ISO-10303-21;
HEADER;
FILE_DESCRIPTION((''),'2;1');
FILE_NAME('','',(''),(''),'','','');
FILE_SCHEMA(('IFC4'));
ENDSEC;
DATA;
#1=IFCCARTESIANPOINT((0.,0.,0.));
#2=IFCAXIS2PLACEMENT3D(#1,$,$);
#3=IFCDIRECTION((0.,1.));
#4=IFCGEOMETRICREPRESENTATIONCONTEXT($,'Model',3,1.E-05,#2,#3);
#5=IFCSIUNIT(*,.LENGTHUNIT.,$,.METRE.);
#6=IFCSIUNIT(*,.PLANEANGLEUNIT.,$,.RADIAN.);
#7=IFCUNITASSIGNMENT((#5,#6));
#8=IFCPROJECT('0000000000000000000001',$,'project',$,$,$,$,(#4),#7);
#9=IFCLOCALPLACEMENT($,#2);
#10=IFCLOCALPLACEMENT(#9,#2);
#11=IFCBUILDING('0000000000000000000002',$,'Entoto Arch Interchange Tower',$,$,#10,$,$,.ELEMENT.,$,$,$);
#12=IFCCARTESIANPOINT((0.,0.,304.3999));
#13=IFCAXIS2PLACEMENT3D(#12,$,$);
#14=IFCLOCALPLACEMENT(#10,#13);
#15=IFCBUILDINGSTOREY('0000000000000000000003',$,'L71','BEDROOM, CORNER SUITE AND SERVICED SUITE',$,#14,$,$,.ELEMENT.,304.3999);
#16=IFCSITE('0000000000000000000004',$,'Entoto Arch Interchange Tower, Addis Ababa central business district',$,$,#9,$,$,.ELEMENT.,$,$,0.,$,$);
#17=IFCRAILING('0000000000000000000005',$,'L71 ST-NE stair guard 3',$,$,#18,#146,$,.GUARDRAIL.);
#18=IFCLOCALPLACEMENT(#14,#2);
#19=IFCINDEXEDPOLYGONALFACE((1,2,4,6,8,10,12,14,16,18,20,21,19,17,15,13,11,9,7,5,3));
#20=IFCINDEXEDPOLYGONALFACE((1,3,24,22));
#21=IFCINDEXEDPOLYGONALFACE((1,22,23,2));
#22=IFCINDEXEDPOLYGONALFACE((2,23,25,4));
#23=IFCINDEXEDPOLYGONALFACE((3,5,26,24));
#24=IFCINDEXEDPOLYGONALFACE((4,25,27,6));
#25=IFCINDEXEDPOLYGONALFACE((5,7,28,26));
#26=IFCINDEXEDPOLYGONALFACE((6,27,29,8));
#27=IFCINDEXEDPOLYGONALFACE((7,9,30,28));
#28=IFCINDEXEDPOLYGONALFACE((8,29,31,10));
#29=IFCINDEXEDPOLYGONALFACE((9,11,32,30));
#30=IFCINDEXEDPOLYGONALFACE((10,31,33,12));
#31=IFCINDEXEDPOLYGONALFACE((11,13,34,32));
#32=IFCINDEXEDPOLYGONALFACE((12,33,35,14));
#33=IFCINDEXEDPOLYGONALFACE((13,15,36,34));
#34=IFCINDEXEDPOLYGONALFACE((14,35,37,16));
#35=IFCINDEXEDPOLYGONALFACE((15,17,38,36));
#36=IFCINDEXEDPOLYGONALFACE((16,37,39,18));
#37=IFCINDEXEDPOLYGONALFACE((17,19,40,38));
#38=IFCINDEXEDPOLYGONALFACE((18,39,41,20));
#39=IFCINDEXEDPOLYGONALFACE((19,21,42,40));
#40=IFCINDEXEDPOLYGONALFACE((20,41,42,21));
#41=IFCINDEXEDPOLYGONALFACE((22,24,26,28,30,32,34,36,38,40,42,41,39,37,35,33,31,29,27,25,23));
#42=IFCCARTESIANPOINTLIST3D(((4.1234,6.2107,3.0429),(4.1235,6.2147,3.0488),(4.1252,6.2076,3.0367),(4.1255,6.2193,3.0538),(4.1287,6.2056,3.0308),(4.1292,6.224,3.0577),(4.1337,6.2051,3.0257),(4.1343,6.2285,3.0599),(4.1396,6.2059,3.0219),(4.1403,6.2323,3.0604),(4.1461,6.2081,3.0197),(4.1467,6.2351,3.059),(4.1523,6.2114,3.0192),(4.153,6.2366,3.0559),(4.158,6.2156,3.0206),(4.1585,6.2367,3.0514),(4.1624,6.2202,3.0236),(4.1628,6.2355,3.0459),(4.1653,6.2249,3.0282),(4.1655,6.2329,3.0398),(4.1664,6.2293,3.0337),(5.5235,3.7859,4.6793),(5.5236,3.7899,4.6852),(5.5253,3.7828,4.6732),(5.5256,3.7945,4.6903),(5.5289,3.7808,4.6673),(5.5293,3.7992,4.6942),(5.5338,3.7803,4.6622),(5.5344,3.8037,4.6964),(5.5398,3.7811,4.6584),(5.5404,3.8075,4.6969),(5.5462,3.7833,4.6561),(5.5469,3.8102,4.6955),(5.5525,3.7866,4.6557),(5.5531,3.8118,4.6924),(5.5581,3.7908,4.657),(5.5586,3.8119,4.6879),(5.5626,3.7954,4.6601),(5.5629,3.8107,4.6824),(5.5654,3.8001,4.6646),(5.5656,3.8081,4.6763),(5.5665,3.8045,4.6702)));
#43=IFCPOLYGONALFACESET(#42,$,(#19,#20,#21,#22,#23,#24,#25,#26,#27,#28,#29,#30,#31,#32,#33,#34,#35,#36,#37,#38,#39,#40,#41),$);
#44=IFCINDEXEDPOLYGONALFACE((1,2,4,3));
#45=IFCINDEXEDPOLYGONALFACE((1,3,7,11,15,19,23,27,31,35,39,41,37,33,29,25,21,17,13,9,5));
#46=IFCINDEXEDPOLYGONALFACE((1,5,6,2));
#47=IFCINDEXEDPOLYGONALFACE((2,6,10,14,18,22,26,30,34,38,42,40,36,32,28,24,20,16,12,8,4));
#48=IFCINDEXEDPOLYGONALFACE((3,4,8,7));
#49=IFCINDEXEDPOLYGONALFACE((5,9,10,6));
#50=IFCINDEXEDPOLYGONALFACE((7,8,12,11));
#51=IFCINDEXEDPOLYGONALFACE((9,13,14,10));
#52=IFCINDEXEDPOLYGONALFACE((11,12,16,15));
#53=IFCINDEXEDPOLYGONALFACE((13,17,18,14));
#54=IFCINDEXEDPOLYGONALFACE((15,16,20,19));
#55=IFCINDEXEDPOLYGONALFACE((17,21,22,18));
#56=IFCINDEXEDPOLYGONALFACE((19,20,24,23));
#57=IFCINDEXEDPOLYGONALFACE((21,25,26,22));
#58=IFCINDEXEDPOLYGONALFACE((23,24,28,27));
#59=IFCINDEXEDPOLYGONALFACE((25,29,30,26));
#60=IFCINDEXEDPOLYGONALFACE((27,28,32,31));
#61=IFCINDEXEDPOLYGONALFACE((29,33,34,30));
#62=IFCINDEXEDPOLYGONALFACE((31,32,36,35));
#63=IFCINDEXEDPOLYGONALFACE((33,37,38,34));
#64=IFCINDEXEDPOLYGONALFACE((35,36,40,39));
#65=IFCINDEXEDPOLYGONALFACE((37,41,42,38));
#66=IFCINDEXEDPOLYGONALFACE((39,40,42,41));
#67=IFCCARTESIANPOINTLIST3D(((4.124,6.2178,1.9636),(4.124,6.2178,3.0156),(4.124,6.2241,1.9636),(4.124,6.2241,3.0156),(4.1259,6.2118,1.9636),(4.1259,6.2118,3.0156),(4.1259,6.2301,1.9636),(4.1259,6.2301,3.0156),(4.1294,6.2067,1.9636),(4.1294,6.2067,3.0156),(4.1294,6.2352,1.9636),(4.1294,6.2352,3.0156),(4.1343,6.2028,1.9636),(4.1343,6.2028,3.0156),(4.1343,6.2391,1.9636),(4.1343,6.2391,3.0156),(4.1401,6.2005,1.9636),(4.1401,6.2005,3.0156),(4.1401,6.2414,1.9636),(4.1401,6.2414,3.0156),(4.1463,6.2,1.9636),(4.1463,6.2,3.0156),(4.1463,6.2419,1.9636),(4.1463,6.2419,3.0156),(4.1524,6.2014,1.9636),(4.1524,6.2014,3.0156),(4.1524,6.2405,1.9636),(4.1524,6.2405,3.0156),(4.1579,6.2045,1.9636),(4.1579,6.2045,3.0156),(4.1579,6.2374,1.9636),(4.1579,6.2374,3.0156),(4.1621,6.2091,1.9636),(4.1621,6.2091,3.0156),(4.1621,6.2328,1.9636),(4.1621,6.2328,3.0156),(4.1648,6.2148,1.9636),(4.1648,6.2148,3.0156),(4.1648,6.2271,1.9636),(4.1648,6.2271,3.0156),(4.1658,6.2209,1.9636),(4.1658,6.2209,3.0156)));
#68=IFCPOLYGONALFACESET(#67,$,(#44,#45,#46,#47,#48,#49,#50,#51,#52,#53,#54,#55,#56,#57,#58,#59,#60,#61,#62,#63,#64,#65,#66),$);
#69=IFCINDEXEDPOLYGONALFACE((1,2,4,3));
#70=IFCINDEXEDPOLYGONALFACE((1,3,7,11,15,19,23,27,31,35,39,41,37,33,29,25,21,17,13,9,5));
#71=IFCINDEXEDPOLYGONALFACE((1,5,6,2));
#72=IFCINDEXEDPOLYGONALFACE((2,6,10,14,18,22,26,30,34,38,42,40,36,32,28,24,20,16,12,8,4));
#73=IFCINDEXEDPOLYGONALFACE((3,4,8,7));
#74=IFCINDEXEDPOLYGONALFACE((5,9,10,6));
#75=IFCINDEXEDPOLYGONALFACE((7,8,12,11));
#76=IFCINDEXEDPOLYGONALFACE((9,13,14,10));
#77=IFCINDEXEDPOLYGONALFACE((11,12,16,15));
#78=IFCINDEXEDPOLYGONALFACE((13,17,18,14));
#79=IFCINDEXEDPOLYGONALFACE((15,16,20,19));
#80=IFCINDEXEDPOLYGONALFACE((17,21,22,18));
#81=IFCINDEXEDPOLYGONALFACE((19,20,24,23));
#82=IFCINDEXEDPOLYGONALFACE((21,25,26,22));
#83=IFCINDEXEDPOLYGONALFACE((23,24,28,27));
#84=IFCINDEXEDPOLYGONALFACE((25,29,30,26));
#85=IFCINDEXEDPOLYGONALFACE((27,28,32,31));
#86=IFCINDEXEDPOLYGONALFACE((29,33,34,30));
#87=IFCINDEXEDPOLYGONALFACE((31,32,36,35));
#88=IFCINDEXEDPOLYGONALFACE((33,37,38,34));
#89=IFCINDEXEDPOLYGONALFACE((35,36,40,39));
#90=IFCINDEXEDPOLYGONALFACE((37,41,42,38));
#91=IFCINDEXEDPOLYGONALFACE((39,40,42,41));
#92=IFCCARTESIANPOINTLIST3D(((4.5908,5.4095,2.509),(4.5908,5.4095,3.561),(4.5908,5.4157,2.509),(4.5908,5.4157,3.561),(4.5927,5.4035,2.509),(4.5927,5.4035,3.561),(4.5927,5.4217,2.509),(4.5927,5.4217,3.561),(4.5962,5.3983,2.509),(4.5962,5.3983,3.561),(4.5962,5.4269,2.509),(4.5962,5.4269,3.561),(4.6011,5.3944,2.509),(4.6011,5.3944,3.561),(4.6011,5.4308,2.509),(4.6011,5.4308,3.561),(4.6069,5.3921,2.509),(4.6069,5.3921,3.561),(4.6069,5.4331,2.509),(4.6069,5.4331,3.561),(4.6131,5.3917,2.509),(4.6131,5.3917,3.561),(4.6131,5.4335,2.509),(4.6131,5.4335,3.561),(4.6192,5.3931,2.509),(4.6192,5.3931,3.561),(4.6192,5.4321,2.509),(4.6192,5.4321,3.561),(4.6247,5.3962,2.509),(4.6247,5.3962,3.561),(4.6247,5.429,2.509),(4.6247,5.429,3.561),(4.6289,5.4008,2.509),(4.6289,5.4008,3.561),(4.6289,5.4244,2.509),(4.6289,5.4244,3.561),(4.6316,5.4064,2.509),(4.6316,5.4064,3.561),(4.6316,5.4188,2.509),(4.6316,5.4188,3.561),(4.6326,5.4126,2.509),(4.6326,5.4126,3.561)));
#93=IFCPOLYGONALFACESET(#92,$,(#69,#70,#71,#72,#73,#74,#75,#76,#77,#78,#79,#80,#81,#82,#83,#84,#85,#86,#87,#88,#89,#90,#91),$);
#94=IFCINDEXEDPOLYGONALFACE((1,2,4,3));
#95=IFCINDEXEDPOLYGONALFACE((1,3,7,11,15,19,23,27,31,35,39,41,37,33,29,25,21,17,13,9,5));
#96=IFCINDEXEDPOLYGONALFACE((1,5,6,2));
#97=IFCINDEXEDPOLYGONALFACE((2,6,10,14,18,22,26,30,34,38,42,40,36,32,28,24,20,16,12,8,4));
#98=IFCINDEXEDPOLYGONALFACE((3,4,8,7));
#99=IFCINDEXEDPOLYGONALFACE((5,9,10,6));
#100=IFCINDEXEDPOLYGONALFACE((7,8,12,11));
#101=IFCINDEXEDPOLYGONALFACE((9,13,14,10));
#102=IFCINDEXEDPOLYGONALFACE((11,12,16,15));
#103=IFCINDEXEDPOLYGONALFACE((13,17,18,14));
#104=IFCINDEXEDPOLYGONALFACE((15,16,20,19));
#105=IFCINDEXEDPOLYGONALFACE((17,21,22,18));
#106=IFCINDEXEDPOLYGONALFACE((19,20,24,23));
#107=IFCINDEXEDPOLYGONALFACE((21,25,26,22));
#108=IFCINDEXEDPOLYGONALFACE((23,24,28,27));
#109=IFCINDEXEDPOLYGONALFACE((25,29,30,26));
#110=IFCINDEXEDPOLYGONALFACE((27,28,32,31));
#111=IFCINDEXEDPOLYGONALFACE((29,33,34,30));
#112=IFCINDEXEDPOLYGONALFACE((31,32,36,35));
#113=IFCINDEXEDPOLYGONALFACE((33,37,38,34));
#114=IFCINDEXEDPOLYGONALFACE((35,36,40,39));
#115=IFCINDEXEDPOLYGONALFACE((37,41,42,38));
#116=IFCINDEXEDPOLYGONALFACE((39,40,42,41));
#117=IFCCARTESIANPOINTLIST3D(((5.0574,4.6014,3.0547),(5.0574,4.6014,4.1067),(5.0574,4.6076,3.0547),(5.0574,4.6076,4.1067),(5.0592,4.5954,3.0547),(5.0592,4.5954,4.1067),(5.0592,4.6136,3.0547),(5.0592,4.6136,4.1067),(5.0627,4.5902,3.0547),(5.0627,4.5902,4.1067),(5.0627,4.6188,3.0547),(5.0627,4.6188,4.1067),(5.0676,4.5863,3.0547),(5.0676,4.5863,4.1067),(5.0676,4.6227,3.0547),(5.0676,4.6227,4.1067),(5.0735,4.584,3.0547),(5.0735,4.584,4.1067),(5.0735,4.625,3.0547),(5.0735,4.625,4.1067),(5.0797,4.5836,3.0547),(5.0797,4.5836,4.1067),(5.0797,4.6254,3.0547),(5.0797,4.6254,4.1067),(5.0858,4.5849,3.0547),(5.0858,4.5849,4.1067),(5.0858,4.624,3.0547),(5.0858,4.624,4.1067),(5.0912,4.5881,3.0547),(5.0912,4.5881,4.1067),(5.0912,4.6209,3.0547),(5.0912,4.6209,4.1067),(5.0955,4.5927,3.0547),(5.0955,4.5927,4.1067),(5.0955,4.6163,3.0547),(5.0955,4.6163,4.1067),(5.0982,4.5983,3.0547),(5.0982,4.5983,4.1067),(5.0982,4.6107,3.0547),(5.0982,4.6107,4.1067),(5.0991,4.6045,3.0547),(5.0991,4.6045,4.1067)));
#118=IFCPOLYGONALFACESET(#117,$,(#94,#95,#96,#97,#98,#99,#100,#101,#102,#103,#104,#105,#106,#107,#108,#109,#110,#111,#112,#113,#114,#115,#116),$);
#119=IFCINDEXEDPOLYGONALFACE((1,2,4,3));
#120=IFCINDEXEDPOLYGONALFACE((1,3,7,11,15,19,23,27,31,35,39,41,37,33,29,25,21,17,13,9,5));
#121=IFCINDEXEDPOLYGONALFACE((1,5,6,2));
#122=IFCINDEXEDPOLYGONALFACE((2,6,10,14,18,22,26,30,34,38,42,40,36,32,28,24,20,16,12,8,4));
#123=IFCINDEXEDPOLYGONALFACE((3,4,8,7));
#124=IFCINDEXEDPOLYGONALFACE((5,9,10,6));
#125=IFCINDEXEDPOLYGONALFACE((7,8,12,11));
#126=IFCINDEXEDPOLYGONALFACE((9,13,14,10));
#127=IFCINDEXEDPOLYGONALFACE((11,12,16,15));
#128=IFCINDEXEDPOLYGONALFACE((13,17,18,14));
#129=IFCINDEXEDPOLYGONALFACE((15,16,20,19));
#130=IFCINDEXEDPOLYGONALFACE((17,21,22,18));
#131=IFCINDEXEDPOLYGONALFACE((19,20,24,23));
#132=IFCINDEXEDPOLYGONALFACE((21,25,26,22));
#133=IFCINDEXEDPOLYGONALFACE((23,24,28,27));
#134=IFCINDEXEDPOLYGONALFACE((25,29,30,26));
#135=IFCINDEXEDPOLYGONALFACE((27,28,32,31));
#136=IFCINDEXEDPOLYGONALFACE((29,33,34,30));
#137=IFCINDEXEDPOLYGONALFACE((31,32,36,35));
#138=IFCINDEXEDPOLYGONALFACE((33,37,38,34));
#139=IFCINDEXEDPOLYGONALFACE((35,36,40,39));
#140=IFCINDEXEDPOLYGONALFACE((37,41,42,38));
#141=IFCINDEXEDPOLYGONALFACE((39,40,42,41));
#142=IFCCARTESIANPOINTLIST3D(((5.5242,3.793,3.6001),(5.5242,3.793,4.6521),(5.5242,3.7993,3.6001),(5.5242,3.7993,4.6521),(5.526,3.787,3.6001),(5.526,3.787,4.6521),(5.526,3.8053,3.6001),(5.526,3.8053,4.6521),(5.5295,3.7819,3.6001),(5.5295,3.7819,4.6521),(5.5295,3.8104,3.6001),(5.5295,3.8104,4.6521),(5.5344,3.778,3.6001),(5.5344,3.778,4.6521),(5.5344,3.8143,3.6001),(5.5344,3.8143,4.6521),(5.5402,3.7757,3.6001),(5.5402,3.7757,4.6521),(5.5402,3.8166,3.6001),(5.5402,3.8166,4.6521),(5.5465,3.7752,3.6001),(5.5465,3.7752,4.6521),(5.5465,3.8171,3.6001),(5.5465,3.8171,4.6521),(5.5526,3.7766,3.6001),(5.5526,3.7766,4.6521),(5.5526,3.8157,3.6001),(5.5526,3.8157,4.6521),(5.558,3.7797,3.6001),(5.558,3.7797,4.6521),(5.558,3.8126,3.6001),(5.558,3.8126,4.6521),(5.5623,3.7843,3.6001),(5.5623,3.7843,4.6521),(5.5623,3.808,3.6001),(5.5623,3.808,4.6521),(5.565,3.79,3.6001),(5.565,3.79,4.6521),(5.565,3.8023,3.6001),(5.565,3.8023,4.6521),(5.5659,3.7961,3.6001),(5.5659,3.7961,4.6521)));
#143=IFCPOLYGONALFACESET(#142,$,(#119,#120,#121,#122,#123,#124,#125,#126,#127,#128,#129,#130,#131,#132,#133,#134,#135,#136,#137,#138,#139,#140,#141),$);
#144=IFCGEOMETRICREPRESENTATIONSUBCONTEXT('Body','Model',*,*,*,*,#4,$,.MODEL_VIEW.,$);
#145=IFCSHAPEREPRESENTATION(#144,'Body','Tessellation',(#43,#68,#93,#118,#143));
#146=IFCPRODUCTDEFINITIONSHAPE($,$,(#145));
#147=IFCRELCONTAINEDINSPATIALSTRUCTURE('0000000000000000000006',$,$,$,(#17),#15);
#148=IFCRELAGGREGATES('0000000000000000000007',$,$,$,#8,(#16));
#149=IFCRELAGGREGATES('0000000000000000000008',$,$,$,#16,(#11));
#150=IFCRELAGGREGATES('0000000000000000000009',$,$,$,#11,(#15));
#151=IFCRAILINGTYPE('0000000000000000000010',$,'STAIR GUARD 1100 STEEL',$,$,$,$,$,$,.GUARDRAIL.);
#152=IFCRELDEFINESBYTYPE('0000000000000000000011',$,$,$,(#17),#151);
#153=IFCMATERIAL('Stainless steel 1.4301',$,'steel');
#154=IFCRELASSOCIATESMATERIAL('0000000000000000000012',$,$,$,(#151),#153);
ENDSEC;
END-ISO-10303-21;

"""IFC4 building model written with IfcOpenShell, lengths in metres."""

from ifc_helpers import new_model, si_unit, direction, frame, origin, origin_2d, place, context, subcontext, project, spatial, circle, extrude, material, type_object, element, save


model = new_model("IFC4")

# Units and contexts
model_context = context("Model", 3, precision=1e-05, world=origin(), true_north=direction((0.0, 1.0)))
body_context = subcontext(model_context, "Body", "Model", "MODEL_VIEW")
ifc_project = project(units=[si_unit("LENGTHUNIT", "METRE"), si_unit("PLANEANGLEUNIT", "RADIAN")], contexts=[model_context])

# Site, building, storey
site_placement = place(None, origin())
site = spatial("IfcSite", under=ifc_project, at=site_placement, Name="Entoto Arch Interchange Tower, Addis Ababa central business district", CompositionType="ELEMENT", RefElevation=0.0)
building_placement = place(site_placement, origin())
building = spatial("IfcBuilding", under=site, at=building_placement, Name="Entoto Arch Interchange Tower", CompositionType="ELEMENT")
storey_placement = place(building_placement, frame((0.0, 0.0, 304.3999)))
storey = spatial("IfcBuildingStorey", under=building, at=storey_placement, Name="L71", Description="BEDROOM, CORNER SUITE AND SERVICED SUITE", CompositionType="ELEMENT", Elevation=304.3999)

# Railing
ifc_material_1 = material(Name="Stainless steel 1.4301", Category="steel")
railing_type_1 = type_object("IfcRailingType", Name="STAIR GUARD 1100 STEEL", PredefinedType="GUARDRAIL", material=ifc_material_1)
railing_1_placement = place(storey_placement, frame((4.1448, 6.2209, 1.9636)))
element("IfcRailing", 1, at=railing_1_placement, inside=storey, type_object=railing_type_1, Name="L71 ST-NE stair guard 3", PredefinedType="GUARDRAIL", context=body_context, shape_type="SweptSolid", body=[
    extrude(circle(Radius=0.0239, at=origin_2d()), frame((0.0, 0.0, 1.0762), z_axis=(0.431722, -0.747666, 0.504591), x_axis=(0.865997, 0.50005, 0.0)), (0.0, 0.0, 1.0), 3.2432),
    extrude(circle(Radius=0.021, at=origin_2d()), origin(), (0.0, 0.0, 1.0), 1.052),
    extrude(circle(Radius=0.021, at=origin_2d()), frame((0.4668, -0.8083, 0.5454)), (0.0, 0.0, 1.0), 1.052),
    extrude(circle(Radius=0.021, at=origin_2d()), frame((0.9333, -1.6165, 1.0911)), (0.0, 0.0, 1.0), 1.052),
    extrude(circle(Radius=0.021, at=origin_2d()), frame((1.4001, -2.4248, 1.6365)), (0.0, 0.0, 1.0), 1.052),
])

save(model, "model.ifc")
